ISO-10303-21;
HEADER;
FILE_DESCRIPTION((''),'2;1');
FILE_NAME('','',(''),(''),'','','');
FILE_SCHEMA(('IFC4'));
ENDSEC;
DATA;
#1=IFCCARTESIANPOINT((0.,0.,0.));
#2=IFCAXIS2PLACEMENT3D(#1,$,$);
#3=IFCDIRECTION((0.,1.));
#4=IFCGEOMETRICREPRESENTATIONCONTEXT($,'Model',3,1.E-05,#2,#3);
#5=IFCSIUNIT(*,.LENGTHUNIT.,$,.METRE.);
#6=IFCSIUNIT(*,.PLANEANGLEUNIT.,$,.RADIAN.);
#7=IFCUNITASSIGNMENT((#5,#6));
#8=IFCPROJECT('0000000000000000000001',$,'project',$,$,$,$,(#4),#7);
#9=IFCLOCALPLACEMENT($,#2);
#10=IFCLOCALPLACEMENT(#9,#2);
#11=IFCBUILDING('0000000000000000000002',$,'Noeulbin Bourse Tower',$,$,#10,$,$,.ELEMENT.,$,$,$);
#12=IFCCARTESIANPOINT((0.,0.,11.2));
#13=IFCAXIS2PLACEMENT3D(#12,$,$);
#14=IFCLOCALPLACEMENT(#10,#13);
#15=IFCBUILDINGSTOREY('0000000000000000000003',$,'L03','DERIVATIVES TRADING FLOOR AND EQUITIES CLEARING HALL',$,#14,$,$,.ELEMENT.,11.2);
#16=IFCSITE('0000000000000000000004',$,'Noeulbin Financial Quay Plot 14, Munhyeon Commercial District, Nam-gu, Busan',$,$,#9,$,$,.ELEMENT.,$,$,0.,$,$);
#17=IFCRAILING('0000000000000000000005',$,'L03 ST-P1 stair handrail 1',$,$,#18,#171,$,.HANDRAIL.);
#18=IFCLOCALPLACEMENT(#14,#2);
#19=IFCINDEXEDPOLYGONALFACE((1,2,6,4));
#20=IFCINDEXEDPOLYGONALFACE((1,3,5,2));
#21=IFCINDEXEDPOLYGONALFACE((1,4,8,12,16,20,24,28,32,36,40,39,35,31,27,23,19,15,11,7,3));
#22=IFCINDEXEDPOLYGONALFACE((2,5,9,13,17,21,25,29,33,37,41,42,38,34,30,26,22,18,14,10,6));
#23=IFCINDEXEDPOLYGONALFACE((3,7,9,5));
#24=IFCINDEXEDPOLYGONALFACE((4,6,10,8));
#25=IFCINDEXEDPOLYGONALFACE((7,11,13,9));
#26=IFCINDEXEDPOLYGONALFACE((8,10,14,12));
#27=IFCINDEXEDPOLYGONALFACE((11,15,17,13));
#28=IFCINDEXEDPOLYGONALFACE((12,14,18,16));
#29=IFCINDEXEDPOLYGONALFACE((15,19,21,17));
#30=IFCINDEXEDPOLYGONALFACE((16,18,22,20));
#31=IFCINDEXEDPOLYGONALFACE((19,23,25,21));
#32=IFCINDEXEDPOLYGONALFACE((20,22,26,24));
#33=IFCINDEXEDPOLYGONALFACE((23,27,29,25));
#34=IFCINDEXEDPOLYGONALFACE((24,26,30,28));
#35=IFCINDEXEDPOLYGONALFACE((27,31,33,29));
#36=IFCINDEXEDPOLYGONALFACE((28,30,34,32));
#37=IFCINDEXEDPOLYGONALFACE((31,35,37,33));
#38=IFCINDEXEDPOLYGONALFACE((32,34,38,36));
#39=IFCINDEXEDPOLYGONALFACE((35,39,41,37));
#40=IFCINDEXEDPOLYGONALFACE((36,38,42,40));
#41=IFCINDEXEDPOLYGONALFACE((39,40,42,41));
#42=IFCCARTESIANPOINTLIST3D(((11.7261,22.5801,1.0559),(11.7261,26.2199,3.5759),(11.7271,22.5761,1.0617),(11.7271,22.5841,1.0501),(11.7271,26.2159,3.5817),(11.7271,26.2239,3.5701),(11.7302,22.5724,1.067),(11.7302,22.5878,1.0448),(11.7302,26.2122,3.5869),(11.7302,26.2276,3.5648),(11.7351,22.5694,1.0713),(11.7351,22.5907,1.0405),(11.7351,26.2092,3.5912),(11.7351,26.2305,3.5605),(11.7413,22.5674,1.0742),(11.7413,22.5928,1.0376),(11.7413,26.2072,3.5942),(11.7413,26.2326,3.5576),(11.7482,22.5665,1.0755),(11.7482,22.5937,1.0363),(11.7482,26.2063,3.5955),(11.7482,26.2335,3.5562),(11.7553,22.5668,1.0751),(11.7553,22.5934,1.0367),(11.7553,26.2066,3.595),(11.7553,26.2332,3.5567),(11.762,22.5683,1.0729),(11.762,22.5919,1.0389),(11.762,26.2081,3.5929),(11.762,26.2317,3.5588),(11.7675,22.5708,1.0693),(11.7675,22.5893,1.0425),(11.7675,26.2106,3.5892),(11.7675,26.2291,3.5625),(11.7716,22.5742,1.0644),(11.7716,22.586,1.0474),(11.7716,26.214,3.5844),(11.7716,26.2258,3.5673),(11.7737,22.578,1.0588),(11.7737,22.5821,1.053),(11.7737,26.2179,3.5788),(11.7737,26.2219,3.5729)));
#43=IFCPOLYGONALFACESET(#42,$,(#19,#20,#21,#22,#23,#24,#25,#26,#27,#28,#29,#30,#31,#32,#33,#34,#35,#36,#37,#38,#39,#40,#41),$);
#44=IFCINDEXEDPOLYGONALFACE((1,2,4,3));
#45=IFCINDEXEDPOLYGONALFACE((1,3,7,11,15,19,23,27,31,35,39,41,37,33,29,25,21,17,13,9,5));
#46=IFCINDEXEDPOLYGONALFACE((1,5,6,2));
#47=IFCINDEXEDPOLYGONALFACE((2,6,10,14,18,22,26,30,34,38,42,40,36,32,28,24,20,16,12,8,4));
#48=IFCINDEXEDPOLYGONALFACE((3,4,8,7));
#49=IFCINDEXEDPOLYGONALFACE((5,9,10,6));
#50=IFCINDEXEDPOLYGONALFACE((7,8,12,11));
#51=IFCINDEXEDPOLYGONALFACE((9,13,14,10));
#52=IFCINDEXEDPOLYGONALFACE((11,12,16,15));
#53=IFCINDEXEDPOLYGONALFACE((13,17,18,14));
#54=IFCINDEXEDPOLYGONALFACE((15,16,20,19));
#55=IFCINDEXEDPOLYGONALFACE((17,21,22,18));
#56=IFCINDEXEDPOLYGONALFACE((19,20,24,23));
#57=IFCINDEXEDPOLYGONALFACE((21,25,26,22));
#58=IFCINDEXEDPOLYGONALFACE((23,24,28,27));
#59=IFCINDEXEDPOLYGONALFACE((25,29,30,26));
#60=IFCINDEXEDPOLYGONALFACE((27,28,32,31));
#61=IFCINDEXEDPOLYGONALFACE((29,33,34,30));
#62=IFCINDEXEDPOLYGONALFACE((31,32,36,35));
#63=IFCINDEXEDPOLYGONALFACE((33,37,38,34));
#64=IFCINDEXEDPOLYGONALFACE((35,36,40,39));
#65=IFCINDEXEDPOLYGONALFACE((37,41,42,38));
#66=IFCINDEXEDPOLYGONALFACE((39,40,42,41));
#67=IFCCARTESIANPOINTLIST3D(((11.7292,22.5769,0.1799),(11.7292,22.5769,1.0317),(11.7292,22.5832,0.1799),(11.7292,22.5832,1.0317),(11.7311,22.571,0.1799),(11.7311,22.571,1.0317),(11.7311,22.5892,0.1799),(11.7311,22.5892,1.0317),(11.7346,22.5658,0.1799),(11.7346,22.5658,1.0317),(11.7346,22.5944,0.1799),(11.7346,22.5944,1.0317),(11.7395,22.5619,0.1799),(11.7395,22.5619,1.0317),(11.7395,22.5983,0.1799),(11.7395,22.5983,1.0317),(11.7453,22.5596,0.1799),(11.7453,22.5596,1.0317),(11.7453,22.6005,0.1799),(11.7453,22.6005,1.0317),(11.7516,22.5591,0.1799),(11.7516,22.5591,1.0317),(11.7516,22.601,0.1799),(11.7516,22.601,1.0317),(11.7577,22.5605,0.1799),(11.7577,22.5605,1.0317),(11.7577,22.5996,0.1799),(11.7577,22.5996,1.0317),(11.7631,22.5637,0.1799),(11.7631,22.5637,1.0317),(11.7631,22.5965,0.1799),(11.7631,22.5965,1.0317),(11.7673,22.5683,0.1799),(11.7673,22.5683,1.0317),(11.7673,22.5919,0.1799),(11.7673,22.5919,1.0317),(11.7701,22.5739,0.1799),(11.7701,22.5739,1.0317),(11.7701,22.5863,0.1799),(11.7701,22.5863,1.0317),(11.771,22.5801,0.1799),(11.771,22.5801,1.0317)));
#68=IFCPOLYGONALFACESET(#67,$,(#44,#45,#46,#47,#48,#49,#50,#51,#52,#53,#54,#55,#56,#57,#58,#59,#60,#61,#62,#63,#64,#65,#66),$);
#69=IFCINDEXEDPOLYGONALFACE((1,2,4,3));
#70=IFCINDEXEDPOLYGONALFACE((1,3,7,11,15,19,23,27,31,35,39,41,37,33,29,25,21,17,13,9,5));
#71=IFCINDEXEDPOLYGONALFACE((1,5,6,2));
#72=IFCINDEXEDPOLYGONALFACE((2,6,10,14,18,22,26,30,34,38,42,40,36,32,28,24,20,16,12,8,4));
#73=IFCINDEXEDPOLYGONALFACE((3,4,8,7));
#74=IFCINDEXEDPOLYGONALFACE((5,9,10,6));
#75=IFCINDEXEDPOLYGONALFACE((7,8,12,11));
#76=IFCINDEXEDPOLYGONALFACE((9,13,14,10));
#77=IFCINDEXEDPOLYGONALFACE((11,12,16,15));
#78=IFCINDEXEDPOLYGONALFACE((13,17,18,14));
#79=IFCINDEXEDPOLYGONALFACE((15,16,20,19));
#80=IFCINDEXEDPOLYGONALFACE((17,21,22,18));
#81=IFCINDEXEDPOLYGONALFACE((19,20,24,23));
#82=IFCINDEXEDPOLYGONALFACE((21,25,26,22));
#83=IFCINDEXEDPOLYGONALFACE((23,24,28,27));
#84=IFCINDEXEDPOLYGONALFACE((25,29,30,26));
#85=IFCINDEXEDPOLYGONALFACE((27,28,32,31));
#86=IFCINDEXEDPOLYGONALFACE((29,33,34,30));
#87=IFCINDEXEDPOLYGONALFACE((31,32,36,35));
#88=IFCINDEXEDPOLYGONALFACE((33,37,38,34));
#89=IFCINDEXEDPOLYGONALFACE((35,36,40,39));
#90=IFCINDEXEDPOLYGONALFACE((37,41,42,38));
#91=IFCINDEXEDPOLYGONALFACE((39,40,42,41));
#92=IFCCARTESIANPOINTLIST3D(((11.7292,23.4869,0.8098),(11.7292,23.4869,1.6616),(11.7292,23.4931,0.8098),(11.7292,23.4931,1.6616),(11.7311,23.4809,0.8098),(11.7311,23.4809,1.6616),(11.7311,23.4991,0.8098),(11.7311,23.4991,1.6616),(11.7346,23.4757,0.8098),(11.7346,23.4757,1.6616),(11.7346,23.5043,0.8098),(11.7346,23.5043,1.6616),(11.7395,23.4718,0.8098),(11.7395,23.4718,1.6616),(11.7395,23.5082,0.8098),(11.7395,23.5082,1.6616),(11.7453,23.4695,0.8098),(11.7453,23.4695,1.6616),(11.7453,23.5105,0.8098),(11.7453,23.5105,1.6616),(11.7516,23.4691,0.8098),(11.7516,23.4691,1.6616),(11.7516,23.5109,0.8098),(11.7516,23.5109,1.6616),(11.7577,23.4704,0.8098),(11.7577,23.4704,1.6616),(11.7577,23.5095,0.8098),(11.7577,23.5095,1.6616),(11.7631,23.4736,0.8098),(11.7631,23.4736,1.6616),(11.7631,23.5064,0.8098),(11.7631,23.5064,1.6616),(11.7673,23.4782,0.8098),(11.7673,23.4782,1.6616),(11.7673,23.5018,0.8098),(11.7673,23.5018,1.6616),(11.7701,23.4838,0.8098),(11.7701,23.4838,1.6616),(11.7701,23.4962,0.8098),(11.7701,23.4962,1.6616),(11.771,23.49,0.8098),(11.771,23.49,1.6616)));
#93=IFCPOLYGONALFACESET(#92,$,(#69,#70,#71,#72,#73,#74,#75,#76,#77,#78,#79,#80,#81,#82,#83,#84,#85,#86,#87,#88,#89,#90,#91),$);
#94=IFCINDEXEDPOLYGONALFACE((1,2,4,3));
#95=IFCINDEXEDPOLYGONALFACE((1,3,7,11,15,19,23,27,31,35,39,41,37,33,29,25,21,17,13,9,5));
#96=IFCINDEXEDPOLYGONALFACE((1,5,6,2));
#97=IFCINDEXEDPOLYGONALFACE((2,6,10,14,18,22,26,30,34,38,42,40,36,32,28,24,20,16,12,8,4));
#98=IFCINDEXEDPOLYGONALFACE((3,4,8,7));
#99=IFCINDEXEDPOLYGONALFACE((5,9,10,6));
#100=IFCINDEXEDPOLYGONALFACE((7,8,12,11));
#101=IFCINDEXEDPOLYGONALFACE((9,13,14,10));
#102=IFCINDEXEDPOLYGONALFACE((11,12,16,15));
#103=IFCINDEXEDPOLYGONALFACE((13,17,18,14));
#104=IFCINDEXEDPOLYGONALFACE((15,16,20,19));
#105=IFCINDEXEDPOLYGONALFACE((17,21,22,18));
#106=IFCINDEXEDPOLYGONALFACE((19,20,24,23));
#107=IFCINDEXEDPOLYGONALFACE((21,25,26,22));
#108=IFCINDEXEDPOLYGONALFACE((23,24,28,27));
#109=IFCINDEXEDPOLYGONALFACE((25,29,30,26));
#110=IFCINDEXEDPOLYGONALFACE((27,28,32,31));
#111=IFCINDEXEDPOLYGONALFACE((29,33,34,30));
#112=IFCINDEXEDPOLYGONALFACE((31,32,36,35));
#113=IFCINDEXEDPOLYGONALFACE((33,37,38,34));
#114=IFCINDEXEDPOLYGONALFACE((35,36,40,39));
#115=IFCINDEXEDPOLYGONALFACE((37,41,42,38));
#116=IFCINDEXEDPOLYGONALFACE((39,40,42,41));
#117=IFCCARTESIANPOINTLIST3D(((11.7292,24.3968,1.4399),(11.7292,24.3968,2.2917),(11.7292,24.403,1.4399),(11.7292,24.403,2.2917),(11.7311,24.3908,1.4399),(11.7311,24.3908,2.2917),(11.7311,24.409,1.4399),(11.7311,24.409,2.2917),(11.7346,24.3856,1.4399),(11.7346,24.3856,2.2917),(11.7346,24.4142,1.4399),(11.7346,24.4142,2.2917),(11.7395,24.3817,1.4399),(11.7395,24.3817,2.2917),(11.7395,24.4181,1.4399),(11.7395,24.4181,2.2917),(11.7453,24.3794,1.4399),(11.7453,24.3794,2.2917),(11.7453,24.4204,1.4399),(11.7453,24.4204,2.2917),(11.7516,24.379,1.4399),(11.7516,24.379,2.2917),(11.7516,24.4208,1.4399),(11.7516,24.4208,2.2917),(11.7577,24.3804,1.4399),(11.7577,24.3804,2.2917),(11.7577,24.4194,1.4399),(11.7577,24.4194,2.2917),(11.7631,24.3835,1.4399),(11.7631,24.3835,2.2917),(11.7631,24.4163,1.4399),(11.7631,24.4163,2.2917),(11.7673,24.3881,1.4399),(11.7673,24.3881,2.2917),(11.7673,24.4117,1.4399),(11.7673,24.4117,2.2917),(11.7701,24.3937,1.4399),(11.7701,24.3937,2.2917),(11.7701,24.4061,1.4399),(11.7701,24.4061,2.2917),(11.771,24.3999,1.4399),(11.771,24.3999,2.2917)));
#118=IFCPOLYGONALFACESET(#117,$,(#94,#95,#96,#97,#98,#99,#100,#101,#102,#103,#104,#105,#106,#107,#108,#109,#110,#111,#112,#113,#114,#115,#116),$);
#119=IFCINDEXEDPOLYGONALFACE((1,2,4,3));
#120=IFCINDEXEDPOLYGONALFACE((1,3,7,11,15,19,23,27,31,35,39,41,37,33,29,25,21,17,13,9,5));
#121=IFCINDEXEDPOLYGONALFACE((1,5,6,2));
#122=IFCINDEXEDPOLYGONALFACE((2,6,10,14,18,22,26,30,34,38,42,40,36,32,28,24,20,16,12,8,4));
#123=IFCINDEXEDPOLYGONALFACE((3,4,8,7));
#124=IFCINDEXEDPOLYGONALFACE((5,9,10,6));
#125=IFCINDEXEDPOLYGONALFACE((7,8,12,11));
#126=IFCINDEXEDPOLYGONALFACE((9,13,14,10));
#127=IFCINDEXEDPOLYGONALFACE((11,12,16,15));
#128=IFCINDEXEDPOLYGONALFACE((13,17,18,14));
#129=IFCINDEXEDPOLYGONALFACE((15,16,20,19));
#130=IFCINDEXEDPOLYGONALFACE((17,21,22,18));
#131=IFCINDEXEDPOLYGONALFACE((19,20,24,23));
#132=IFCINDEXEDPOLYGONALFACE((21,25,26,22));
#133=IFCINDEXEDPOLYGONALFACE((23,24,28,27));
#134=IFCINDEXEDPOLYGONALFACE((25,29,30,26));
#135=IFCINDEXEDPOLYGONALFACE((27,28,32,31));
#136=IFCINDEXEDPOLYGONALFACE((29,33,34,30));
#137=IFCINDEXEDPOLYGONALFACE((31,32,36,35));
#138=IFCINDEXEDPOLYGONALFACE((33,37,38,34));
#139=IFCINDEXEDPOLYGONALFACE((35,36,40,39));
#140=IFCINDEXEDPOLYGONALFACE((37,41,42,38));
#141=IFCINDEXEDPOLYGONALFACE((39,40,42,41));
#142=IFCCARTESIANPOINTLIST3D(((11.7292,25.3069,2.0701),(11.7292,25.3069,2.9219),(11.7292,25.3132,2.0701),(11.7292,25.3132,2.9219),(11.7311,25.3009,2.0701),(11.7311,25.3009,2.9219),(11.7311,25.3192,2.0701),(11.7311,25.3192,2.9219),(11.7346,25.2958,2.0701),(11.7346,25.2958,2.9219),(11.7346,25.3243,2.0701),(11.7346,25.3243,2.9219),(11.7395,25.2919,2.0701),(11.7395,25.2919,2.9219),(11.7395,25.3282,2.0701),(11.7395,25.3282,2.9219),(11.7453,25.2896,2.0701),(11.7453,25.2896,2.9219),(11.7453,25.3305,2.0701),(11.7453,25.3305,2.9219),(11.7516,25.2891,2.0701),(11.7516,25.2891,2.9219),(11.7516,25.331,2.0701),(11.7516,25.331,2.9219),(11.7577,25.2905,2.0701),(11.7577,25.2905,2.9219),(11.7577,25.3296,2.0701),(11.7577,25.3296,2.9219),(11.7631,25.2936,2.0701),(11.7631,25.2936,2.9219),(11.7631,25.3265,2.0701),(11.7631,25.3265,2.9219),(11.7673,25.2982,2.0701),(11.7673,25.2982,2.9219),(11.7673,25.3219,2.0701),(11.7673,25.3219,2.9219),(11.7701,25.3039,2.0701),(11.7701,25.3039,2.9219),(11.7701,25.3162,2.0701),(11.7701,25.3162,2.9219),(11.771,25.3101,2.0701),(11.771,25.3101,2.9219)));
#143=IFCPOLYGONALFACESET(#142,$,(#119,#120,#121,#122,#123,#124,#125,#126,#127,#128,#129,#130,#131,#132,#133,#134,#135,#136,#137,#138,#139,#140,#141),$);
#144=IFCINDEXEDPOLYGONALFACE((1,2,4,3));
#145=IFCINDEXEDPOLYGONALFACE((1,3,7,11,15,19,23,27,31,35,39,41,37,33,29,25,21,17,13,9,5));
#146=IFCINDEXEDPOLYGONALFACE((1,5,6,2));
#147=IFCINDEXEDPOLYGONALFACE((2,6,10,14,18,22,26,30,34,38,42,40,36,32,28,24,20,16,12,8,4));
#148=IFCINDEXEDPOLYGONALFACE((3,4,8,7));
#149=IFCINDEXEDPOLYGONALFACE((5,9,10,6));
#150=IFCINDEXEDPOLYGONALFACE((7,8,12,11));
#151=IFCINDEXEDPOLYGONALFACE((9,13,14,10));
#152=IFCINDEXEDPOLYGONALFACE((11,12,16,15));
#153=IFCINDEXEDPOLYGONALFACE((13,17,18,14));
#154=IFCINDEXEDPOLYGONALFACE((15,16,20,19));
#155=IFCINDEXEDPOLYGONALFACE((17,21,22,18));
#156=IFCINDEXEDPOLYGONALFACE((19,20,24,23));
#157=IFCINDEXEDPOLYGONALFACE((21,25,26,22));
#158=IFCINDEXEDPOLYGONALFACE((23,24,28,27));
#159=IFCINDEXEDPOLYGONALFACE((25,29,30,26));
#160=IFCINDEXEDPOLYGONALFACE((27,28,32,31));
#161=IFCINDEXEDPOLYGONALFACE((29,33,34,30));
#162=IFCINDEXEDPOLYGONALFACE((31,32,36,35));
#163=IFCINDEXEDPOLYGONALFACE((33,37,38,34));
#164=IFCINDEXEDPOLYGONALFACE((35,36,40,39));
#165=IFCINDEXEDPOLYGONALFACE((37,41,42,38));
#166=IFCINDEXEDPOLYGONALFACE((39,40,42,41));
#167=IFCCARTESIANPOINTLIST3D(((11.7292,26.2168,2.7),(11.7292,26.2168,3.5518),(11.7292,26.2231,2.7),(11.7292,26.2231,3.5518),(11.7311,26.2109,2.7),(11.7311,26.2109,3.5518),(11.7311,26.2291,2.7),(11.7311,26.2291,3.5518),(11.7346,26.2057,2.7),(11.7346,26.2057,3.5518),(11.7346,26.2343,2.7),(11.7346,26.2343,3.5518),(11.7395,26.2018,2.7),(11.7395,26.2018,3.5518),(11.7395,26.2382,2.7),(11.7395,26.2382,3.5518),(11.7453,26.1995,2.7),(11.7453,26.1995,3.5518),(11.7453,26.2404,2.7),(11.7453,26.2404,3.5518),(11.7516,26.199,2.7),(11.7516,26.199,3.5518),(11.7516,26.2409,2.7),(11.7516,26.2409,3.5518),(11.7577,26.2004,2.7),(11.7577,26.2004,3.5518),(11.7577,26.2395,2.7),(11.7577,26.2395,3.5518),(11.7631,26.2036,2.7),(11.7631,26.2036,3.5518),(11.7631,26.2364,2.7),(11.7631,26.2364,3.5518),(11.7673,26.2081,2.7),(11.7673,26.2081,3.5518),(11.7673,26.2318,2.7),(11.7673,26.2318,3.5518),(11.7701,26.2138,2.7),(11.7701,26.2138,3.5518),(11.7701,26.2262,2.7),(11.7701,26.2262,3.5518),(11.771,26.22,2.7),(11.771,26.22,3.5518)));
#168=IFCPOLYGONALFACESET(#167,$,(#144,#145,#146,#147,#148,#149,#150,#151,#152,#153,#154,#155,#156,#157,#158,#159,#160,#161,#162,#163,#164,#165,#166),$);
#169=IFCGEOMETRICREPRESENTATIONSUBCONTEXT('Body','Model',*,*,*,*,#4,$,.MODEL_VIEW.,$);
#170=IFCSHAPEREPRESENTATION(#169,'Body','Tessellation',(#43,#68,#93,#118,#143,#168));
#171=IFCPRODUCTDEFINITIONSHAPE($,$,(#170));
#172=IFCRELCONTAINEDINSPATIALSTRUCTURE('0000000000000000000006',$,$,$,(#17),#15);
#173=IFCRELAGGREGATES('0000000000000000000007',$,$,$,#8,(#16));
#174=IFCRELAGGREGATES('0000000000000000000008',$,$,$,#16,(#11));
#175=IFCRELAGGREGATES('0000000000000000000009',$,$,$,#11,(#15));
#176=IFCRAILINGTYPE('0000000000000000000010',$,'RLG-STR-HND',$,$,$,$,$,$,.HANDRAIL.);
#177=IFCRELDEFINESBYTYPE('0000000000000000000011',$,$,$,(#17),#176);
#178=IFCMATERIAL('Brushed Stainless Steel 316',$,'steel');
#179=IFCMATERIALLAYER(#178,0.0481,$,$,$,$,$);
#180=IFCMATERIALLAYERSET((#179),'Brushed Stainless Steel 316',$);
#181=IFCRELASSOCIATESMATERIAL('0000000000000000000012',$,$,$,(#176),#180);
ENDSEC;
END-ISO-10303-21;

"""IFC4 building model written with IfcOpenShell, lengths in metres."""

from ifc_helpers import new_model, si_unit, direction, frame, origin, origin_2d, place, context, subcontext, project, spatial, circle, extrude, material, layer, layer_set, type_object, element, save


model = new_model("IFC4")

# Units and contexts
model_context = context("Model", 3, precision=1e-05, world=origin(), true_north=direction((0.0, 1.0)))
body_context = subcontext(model_context, "Body", "Model", "MODEL_VIEW")
ifc_project = project(units=[si_unit("LENGTHUNIT", "METRE"), si_unit("PLANEANGLEUNIT", "RADIAN")], contexts=[model_context])

# Site, building, storey
site_placement = place(None, origin())
site = spatial("IfcSite", under=ifc_project, at=site_placement, Name="Noeulbin Financial Quay Plot 14, Munhyeon Commercial District, Nam-gu, Busan", CompositionType="ELEMENT", RefElevation=0.0)
building_placement = place(site_placement, origin())
building = spatial("IfcBuilding", under=site, at=building_placement, Name="Noeulbin Bourse Tower", CompositionType="ELEMENT")
storey_placement = place(building_placement, frame((0.0, 0.0, 11.2)))
storey = spatial("IfcBuildingStorey", under=building, at=storey_placement, Name="L03", Description="DERIVATIVES TRADING FLOOR AND EQUITIES CLEARING HALL", CompositionType="ELEMENT", Elevation=11.2)

# Railing
ifc_material_1 = material(Name="Brushed Stainless Steel 316", Category="steel")
ifc_layer_1 = layer(ifc_material_1, 0.0481)
ifc_layer_set_1 = layer_set([ifc_layer_1], Name="Brushed Stainless Steel 316")
railing_type_1 = type_object("IfcRailingType", Name="RLG-STR-HND", PredefinedType="HANDRAIL", material=ifc_layer_set_1)
railing_1_placement = place(storey_placement, frame((11.75, 22.5801, 0.1799)))
element("IfcRailing", 1, at=railing_1_placement, inside=storey, type_object=railing_type_1, Name="L03 ST-P1 stair handrail 1", PredefinedType="HANDRAIL", context=body_context, shape_type="SweptSolid", body=[
    extrude(circle(Radius=0.0239, at=origin_2d()), frame((0.0, 0.0, 0.876), z_axis=(0.0, 0.822182, 0.569224), x_axis=(-1.0, 0.0, 0.0)), (0.0, 0.0, 1.0), 4.427),
    extrude(circle(Radius=0.021, at=origin_2d()), origin(), (0.0, 0.0, 1.0), 0.8518),
    extrude(circle(Radius=0.021, at=origin_2d()), frame((0.0, 0.9099, 0.6299)), (0.0, 0.0, 1.0), 0.8518),
    extrude(circle(Radius=0.021, at=origin_2d()), frame((0.0, 1.8198, 1.26)), (0.0, 0.0, 1.0), 0.8518),
    extrude(circle(Radius=0.021, at=origin_2d()), frame((0.0, 2.73, 1.8901)), (0.0, 0.0, 1.0), 0.8518),
    extrude(circle(Radius=0.021, at=origin_2d()), frame((0.0, 3.6399, 2.52)), (0.0, 0.0, 1.0), 0.8518),
])

save(model, "model.ifc")
